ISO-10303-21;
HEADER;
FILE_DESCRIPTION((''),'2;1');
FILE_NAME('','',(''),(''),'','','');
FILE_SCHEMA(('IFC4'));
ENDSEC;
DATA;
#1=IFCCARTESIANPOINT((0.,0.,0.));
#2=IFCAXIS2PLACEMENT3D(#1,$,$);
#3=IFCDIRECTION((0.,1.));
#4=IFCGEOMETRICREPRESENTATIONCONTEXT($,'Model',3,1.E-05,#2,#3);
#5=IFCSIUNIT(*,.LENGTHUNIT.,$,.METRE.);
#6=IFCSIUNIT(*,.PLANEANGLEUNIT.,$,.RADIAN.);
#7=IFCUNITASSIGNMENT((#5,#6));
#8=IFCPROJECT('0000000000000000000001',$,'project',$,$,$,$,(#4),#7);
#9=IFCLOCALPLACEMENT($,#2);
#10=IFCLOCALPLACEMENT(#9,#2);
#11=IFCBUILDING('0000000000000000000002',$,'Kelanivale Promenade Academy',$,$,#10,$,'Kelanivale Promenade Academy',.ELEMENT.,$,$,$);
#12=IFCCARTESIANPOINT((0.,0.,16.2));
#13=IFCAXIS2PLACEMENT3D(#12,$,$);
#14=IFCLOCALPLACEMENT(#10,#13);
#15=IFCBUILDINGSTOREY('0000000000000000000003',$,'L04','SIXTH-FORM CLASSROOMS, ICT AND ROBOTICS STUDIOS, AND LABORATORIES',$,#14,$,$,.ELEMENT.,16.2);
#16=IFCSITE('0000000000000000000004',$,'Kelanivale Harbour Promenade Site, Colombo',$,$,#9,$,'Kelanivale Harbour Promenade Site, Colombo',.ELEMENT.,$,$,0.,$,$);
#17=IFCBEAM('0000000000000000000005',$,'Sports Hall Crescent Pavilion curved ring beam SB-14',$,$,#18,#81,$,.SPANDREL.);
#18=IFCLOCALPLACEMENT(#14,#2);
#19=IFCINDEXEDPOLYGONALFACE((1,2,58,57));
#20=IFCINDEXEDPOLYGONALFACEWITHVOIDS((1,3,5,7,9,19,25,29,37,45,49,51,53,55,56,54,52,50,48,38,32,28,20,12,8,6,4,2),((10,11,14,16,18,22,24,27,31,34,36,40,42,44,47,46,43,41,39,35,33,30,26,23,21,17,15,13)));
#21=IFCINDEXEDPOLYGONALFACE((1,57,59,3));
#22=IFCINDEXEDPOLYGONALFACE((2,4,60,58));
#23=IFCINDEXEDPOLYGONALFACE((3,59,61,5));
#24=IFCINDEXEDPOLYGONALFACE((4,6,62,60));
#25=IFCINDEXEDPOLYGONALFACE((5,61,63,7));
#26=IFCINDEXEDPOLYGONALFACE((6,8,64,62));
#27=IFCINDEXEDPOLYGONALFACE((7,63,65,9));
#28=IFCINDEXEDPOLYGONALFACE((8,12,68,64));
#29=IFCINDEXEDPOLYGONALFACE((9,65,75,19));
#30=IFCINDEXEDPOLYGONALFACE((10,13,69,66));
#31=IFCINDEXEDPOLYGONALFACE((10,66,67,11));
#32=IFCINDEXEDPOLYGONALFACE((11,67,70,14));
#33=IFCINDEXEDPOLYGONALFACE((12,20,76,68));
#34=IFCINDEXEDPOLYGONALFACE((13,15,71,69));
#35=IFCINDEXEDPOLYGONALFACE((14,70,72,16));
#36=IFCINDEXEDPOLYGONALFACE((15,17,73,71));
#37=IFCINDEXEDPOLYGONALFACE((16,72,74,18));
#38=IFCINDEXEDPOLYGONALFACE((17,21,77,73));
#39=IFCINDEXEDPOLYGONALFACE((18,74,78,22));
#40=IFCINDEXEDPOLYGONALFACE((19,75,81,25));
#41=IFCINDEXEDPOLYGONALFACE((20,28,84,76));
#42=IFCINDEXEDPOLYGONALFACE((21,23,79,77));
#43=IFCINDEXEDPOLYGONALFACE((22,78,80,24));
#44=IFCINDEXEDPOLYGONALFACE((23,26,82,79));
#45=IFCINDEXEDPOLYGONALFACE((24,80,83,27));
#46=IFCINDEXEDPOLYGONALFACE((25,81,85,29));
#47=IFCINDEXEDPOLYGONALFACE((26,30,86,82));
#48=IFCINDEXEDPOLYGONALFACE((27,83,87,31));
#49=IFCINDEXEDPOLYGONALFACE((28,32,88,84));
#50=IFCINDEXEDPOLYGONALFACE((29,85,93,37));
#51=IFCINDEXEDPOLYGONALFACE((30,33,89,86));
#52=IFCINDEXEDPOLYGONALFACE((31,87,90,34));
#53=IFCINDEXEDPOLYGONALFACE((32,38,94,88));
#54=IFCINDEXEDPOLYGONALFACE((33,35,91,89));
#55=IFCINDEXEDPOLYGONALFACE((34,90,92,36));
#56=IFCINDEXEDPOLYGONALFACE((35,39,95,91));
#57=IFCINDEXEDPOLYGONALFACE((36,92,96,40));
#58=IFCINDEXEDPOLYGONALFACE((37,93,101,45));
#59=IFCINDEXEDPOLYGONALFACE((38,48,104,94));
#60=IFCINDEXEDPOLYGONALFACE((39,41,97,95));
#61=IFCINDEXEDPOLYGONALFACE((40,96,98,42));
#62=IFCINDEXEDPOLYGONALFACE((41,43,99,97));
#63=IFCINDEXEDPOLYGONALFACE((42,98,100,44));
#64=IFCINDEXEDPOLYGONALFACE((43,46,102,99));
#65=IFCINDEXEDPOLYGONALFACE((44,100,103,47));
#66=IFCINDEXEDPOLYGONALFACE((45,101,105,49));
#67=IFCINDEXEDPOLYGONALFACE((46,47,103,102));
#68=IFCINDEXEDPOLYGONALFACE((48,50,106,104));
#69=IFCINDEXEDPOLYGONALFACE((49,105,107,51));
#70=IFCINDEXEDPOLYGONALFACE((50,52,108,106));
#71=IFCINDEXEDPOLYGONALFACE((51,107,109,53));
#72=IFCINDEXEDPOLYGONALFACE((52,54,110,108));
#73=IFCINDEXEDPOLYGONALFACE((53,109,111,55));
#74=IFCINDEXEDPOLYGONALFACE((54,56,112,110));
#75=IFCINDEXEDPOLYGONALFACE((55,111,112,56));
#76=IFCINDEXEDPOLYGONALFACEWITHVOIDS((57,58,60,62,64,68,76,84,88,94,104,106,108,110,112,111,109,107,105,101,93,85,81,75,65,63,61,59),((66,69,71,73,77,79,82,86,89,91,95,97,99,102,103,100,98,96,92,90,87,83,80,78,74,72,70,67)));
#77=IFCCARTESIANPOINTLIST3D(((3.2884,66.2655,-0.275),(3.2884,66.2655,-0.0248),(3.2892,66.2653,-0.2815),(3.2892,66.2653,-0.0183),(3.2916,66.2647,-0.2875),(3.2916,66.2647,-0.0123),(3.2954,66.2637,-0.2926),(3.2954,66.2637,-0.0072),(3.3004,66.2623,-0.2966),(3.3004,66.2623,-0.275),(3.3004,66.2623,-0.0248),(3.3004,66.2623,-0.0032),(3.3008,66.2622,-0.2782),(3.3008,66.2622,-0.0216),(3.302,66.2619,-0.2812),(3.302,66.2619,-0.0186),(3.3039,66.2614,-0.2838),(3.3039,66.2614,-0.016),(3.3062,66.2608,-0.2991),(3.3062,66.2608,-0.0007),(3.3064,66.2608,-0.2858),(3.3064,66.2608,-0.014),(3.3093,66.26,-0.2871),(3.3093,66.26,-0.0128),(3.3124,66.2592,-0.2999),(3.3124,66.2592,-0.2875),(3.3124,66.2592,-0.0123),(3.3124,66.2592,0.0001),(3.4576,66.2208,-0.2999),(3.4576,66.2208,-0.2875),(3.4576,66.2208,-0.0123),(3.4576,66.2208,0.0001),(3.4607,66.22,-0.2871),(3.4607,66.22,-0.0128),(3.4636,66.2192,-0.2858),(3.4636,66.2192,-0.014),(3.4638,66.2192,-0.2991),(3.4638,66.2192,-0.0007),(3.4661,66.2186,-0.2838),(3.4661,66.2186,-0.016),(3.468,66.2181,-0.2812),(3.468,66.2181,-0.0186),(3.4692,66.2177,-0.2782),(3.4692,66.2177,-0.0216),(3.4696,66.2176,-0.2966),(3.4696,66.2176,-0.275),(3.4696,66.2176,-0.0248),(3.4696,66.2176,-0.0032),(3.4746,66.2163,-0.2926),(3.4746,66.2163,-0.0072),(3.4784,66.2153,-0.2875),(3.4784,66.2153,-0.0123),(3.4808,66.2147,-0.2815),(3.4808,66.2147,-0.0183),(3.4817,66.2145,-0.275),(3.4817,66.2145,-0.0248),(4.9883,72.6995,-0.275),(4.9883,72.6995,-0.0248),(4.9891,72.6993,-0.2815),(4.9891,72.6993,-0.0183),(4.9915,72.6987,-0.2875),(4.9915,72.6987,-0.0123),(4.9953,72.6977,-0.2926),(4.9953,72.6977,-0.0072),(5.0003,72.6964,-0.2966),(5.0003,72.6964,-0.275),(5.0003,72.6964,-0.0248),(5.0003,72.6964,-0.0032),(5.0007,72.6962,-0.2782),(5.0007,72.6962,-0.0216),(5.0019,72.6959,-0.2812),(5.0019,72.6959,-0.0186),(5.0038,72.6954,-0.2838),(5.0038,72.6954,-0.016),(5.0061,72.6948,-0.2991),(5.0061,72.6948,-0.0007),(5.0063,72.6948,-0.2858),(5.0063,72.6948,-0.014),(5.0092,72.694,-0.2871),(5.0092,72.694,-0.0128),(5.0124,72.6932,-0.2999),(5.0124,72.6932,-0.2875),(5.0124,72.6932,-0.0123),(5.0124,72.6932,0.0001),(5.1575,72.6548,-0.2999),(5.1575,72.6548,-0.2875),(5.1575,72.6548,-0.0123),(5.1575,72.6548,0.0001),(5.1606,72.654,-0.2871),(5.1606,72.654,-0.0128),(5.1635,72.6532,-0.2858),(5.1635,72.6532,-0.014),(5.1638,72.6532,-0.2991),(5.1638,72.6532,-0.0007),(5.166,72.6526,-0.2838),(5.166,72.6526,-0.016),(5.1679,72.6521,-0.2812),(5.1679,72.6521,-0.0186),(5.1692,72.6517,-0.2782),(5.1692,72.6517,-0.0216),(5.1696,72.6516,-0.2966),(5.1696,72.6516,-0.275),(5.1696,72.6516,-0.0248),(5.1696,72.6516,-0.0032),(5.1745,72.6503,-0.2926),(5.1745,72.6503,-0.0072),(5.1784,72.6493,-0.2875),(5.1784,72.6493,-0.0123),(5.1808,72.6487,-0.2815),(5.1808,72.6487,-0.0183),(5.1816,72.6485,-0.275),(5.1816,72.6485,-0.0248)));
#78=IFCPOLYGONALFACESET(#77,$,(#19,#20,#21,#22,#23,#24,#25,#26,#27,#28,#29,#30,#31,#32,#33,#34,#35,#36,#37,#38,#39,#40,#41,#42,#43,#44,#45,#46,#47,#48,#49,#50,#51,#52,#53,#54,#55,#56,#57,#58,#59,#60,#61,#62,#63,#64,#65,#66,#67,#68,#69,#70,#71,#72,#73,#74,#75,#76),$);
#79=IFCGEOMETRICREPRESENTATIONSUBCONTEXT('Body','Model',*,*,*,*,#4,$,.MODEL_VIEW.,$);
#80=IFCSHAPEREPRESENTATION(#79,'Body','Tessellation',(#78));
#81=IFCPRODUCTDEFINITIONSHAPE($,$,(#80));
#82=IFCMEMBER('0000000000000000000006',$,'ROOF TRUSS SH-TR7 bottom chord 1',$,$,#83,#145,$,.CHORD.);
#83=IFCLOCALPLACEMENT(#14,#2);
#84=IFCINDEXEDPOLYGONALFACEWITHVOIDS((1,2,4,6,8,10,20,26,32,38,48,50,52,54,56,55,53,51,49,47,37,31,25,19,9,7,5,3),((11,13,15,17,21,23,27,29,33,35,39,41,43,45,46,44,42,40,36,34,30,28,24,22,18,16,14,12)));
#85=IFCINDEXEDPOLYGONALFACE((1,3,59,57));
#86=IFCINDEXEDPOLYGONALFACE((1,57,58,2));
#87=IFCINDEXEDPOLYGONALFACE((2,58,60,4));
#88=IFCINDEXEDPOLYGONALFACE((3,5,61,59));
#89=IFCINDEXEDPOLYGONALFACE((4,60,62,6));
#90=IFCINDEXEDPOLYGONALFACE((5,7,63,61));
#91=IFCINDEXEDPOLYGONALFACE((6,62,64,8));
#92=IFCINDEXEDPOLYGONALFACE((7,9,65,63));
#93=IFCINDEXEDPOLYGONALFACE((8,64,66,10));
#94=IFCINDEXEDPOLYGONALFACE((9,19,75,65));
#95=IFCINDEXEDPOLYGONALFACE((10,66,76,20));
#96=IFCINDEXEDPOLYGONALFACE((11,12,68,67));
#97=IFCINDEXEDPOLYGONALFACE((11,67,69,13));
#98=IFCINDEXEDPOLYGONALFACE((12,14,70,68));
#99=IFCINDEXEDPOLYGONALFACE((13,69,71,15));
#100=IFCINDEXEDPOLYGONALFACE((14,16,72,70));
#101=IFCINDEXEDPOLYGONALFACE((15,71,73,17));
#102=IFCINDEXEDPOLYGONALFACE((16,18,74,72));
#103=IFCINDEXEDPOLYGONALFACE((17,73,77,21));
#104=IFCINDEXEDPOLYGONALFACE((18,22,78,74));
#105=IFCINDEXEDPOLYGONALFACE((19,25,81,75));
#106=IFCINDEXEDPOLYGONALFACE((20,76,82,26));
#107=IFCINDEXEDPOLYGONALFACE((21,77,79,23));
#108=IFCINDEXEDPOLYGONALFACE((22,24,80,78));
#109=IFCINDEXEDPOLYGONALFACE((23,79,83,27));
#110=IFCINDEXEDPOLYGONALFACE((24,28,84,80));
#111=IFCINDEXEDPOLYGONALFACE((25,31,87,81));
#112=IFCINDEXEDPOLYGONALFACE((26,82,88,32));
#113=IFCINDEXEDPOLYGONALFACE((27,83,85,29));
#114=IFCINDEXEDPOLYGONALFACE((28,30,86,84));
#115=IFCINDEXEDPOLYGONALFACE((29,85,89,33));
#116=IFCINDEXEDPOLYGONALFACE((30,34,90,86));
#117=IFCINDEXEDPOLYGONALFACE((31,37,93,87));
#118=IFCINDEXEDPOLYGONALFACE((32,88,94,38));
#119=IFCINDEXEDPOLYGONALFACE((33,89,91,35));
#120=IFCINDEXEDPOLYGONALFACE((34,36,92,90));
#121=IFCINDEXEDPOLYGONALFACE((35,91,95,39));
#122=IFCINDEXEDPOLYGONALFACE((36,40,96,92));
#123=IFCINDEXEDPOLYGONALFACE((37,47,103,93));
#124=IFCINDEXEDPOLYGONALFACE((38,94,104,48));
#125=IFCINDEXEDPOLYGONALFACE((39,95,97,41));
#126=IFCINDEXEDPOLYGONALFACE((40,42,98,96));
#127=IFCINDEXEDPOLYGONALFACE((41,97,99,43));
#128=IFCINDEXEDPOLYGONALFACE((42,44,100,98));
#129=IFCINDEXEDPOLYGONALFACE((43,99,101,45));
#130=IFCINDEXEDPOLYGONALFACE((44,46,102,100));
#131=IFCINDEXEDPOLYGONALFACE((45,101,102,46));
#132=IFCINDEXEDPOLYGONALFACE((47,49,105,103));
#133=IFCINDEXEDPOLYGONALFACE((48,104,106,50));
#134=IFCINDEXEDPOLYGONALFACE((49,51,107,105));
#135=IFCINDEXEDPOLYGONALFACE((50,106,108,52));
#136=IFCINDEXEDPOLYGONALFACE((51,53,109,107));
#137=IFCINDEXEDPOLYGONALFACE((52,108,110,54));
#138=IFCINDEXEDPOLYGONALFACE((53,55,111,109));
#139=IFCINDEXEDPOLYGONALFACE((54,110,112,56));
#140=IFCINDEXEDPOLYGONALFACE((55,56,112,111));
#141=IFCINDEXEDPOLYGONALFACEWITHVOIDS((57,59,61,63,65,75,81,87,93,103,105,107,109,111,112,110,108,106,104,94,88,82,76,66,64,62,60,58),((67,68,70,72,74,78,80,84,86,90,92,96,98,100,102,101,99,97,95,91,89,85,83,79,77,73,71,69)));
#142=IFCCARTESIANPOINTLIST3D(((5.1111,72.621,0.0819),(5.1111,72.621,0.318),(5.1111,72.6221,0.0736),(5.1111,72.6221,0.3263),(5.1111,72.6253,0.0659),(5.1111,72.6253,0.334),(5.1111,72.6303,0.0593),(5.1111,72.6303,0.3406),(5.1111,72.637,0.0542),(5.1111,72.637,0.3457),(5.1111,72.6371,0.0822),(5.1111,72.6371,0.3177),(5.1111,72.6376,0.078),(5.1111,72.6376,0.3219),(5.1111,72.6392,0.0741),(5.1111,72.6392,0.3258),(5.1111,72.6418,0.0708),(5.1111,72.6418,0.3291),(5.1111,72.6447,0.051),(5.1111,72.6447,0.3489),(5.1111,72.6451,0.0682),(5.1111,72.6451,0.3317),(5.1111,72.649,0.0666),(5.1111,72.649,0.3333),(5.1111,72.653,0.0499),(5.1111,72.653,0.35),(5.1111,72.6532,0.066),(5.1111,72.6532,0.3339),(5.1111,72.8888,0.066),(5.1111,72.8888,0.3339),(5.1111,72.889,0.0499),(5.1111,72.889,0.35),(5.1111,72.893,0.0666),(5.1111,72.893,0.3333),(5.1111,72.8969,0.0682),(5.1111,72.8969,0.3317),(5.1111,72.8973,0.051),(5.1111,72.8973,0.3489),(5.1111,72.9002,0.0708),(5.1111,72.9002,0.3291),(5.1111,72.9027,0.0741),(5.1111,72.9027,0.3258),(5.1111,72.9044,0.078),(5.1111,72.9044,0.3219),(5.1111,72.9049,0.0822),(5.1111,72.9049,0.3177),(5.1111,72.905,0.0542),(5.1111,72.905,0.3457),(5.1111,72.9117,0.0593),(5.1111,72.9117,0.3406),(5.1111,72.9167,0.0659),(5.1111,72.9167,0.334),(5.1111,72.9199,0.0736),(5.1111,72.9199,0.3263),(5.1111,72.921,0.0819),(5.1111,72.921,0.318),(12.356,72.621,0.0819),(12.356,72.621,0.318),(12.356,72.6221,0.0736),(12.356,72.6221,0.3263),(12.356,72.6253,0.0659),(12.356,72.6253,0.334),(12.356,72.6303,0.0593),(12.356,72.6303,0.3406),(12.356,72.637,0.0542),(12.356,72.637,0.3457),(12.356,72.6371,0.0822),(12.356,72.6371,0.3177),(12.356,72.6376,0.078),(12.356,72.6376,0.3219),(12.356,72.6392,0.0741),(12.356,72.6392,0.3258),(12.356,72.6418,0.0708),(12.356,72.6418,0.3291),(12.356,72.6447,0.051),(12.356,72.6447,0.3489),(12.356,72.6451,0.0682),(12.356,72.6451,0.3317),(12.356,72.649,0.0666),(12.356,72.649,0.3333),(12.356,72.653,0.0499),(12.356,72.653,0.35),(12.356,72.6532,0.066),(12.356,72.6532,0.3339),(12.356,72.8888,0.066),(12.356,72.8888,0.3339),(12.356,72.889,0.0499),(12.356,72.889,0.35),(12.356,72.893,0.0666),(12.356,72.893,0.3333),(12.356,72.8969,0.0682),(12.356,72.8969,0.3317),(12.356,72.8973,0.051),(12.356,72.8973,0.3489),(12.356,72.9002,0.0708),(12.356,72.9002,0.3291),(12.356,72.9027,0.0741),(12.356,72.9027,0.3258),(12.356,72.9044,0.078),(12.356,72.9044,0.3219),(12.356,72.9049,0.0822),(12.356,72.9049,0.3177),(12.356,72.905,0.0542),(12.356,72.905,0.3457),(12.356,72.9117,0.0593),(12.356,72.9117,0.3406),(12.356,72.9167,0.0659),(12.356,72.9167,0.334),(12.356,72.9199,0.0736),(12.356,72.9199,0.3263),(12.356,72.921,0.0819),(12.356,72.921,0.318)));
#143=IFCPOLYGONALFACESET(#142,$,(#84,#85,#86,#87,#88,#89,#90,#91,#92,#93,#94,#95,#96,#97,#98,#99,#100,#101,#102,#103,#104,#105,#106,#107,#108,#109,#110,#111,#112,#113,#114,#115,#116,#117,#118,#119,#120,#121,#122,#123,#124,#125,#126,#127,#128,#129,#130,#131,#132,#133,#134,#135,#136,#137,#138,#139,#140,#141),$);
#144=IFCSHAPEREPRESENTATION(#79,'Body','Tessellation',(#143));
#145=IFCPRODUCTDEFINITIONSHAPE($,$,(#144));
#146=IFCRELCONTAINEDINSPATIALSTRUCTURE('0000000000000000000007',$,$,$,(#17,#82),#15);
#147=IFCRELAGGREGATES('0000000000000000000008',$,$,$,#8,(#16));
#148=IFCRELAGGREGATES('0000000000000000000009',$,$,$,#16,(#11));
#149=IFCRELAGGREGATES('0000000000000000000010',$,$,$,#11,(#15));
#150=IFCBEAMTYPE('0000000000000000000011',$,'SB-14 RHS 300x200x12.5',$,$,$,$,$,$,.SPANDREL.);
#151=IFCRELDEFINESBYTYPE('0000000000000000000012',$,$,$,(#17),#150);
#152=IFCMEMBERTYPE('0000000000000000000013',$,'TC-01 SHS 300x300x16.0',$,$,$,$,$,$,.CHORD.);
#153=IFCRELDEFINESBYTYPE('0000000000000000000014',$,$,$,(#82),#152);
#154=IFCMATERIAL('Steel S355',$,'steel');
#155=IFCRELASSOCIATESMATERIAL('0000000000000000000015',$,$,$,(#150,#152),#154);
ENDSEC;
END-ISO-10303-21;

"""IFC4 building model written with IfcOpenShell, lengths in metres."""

from ifc_helpers import new_model, si_unit, direction, frame, origin, origin_2d, place, context, subcontext, project, spatial, hollow_rectangle, extrude, material, material_profile, profile_set, type_object, element, save


model = new_model("IFC4")

# Units and contexts
model_context = context("Model", 3, precision=1e-05, world=origin(), true_north=direction((0.0, 1.0)))
body_context = subcontext(model_context, "Body", "Model", "MODEL_VIEW")
ifc_project = project(units=[si_unit("LENGTHUNIT", "METRE"), si_unit("PLANEANGLEUNIT", "RADIAN")], contexts=[model_context])

# Site, building, storey
site_placement = place(None, origin())
site = spatial("IfcSite", under=ifc_project, at=site_placement, Name="Kelanivale Harbour Promenade Site, Colombo", LongName="Kelanivale Harbour Promenade Site, Colombo", CompositionType="ELEMENT", RefElevation=0.0)
building_placement = place(site_placement, origin())
building = spatial("IfcBuilding", under=site, at=building_placement, Name="Kelanivale Promenade Academy", LongName="Kelanivale Promenade Academy", CompositionType="ELEMENT")
storey_placement = place(building_placement, frame((0.0, 0.0, 16.2)))
storey = spatial("IfcBuildingStorey", under=building, at=storey_placement, Name="L04", Description="SIXTH-FORM CLASSROOMS, ICT AND ROBOTICS STUDIOS, AND LABORATORIES", CompositionType="ELEMENT", Elevation=16.2)

# Shared definitions
ifc_material_1 = material(Name="Steel S355", Category="steel")

# Beam
ifc_material_profile_1 = material_profile(ifc_material_1, hollow_rectangle(XDim=0.2, YDim=0.3, WallThickness=0.0125, InnerFilletRadius=0.0125, OuterFilletRadius=0.0249, at=origin_2d()), Name="RHS 300x200x12.5")
ifc_profile_set_1 = profile_set([ifc_material_profile_1], Name="Steel S355")
beam_type = type_object("IfcBeamType", Name="SB-14 RHS 300x200x12.5", PredefinedType="SPANDREL", material=ifc_profile_set_1)
beam_placement = place(storey_placement, frame((3.385, 66.24, -0.1499), z_axis=(0.255445, 0.966824, 0.0), x_axis=(-0.966824, 0.255445, 0.0)))
element("IfcBeam", 1, at=beam_placement, inside=storey, type_object=beam_type, Name="Sports Hall Crescent Pavilion curved ring beam SB-14", PredefinedType="SPANDREL", context=body_context, shape_type="SweptSolid", body=[
    extrude(hollow_rectangle(XDim=0.2, YDim=0.3, WallThickness=0.0125, InnerFilletRadius=0.0125, OuterFilletRadius=0.0249, at=origin_2d()), origin(), (0.0, 0.0, 1.0), 6.6548),
])

# Member
ifc_material_profile_2 = material_profile(ifc_material_1, hollow_rectangle(XDim=0.3, YDim=0.3, WallThickness=0.0161, InnerFilletRadius=0.0161, OuterFilletRadius=0.032, at=origin_2d()), Name="SHS 300x300x16.0")
ifc_profile_set_2 = profile_set([ifc_material_profile_2], Name="Steel S355")
member_type_1 = type_object("IfcMemberType", Name="TC-01 SHS 300x300x16.0", PredefinedType="CHORD", material=ifc_profile_set_2)
member_1_placement = place(storey_placement, frame((5.1111, 72.771, 0.2), z_axis=(1.0, 0.0, 0.0), x_axis=(0.0, 1.0, 0.0)))
element("IfcMember", 2, at=member_1_placement, inside=storey, type_object=member_type_1, Name="ROOF TRUSS SH-TR7 bottom chord 1", PredefinedType="CHORD", context=body_context, shape_type="SweptSolid", body=[
    extrude(hollow_rectangle(XDim=0.3, YDim=0.3, WallThickness=0.0161, InnerFilletRadius=0.0161, OuterFilletRadius=0.032, at=origin_2d()), origin(), (0.0, 0.0, 1.0), 7.2449),
])

save(model, "model.ifc")
